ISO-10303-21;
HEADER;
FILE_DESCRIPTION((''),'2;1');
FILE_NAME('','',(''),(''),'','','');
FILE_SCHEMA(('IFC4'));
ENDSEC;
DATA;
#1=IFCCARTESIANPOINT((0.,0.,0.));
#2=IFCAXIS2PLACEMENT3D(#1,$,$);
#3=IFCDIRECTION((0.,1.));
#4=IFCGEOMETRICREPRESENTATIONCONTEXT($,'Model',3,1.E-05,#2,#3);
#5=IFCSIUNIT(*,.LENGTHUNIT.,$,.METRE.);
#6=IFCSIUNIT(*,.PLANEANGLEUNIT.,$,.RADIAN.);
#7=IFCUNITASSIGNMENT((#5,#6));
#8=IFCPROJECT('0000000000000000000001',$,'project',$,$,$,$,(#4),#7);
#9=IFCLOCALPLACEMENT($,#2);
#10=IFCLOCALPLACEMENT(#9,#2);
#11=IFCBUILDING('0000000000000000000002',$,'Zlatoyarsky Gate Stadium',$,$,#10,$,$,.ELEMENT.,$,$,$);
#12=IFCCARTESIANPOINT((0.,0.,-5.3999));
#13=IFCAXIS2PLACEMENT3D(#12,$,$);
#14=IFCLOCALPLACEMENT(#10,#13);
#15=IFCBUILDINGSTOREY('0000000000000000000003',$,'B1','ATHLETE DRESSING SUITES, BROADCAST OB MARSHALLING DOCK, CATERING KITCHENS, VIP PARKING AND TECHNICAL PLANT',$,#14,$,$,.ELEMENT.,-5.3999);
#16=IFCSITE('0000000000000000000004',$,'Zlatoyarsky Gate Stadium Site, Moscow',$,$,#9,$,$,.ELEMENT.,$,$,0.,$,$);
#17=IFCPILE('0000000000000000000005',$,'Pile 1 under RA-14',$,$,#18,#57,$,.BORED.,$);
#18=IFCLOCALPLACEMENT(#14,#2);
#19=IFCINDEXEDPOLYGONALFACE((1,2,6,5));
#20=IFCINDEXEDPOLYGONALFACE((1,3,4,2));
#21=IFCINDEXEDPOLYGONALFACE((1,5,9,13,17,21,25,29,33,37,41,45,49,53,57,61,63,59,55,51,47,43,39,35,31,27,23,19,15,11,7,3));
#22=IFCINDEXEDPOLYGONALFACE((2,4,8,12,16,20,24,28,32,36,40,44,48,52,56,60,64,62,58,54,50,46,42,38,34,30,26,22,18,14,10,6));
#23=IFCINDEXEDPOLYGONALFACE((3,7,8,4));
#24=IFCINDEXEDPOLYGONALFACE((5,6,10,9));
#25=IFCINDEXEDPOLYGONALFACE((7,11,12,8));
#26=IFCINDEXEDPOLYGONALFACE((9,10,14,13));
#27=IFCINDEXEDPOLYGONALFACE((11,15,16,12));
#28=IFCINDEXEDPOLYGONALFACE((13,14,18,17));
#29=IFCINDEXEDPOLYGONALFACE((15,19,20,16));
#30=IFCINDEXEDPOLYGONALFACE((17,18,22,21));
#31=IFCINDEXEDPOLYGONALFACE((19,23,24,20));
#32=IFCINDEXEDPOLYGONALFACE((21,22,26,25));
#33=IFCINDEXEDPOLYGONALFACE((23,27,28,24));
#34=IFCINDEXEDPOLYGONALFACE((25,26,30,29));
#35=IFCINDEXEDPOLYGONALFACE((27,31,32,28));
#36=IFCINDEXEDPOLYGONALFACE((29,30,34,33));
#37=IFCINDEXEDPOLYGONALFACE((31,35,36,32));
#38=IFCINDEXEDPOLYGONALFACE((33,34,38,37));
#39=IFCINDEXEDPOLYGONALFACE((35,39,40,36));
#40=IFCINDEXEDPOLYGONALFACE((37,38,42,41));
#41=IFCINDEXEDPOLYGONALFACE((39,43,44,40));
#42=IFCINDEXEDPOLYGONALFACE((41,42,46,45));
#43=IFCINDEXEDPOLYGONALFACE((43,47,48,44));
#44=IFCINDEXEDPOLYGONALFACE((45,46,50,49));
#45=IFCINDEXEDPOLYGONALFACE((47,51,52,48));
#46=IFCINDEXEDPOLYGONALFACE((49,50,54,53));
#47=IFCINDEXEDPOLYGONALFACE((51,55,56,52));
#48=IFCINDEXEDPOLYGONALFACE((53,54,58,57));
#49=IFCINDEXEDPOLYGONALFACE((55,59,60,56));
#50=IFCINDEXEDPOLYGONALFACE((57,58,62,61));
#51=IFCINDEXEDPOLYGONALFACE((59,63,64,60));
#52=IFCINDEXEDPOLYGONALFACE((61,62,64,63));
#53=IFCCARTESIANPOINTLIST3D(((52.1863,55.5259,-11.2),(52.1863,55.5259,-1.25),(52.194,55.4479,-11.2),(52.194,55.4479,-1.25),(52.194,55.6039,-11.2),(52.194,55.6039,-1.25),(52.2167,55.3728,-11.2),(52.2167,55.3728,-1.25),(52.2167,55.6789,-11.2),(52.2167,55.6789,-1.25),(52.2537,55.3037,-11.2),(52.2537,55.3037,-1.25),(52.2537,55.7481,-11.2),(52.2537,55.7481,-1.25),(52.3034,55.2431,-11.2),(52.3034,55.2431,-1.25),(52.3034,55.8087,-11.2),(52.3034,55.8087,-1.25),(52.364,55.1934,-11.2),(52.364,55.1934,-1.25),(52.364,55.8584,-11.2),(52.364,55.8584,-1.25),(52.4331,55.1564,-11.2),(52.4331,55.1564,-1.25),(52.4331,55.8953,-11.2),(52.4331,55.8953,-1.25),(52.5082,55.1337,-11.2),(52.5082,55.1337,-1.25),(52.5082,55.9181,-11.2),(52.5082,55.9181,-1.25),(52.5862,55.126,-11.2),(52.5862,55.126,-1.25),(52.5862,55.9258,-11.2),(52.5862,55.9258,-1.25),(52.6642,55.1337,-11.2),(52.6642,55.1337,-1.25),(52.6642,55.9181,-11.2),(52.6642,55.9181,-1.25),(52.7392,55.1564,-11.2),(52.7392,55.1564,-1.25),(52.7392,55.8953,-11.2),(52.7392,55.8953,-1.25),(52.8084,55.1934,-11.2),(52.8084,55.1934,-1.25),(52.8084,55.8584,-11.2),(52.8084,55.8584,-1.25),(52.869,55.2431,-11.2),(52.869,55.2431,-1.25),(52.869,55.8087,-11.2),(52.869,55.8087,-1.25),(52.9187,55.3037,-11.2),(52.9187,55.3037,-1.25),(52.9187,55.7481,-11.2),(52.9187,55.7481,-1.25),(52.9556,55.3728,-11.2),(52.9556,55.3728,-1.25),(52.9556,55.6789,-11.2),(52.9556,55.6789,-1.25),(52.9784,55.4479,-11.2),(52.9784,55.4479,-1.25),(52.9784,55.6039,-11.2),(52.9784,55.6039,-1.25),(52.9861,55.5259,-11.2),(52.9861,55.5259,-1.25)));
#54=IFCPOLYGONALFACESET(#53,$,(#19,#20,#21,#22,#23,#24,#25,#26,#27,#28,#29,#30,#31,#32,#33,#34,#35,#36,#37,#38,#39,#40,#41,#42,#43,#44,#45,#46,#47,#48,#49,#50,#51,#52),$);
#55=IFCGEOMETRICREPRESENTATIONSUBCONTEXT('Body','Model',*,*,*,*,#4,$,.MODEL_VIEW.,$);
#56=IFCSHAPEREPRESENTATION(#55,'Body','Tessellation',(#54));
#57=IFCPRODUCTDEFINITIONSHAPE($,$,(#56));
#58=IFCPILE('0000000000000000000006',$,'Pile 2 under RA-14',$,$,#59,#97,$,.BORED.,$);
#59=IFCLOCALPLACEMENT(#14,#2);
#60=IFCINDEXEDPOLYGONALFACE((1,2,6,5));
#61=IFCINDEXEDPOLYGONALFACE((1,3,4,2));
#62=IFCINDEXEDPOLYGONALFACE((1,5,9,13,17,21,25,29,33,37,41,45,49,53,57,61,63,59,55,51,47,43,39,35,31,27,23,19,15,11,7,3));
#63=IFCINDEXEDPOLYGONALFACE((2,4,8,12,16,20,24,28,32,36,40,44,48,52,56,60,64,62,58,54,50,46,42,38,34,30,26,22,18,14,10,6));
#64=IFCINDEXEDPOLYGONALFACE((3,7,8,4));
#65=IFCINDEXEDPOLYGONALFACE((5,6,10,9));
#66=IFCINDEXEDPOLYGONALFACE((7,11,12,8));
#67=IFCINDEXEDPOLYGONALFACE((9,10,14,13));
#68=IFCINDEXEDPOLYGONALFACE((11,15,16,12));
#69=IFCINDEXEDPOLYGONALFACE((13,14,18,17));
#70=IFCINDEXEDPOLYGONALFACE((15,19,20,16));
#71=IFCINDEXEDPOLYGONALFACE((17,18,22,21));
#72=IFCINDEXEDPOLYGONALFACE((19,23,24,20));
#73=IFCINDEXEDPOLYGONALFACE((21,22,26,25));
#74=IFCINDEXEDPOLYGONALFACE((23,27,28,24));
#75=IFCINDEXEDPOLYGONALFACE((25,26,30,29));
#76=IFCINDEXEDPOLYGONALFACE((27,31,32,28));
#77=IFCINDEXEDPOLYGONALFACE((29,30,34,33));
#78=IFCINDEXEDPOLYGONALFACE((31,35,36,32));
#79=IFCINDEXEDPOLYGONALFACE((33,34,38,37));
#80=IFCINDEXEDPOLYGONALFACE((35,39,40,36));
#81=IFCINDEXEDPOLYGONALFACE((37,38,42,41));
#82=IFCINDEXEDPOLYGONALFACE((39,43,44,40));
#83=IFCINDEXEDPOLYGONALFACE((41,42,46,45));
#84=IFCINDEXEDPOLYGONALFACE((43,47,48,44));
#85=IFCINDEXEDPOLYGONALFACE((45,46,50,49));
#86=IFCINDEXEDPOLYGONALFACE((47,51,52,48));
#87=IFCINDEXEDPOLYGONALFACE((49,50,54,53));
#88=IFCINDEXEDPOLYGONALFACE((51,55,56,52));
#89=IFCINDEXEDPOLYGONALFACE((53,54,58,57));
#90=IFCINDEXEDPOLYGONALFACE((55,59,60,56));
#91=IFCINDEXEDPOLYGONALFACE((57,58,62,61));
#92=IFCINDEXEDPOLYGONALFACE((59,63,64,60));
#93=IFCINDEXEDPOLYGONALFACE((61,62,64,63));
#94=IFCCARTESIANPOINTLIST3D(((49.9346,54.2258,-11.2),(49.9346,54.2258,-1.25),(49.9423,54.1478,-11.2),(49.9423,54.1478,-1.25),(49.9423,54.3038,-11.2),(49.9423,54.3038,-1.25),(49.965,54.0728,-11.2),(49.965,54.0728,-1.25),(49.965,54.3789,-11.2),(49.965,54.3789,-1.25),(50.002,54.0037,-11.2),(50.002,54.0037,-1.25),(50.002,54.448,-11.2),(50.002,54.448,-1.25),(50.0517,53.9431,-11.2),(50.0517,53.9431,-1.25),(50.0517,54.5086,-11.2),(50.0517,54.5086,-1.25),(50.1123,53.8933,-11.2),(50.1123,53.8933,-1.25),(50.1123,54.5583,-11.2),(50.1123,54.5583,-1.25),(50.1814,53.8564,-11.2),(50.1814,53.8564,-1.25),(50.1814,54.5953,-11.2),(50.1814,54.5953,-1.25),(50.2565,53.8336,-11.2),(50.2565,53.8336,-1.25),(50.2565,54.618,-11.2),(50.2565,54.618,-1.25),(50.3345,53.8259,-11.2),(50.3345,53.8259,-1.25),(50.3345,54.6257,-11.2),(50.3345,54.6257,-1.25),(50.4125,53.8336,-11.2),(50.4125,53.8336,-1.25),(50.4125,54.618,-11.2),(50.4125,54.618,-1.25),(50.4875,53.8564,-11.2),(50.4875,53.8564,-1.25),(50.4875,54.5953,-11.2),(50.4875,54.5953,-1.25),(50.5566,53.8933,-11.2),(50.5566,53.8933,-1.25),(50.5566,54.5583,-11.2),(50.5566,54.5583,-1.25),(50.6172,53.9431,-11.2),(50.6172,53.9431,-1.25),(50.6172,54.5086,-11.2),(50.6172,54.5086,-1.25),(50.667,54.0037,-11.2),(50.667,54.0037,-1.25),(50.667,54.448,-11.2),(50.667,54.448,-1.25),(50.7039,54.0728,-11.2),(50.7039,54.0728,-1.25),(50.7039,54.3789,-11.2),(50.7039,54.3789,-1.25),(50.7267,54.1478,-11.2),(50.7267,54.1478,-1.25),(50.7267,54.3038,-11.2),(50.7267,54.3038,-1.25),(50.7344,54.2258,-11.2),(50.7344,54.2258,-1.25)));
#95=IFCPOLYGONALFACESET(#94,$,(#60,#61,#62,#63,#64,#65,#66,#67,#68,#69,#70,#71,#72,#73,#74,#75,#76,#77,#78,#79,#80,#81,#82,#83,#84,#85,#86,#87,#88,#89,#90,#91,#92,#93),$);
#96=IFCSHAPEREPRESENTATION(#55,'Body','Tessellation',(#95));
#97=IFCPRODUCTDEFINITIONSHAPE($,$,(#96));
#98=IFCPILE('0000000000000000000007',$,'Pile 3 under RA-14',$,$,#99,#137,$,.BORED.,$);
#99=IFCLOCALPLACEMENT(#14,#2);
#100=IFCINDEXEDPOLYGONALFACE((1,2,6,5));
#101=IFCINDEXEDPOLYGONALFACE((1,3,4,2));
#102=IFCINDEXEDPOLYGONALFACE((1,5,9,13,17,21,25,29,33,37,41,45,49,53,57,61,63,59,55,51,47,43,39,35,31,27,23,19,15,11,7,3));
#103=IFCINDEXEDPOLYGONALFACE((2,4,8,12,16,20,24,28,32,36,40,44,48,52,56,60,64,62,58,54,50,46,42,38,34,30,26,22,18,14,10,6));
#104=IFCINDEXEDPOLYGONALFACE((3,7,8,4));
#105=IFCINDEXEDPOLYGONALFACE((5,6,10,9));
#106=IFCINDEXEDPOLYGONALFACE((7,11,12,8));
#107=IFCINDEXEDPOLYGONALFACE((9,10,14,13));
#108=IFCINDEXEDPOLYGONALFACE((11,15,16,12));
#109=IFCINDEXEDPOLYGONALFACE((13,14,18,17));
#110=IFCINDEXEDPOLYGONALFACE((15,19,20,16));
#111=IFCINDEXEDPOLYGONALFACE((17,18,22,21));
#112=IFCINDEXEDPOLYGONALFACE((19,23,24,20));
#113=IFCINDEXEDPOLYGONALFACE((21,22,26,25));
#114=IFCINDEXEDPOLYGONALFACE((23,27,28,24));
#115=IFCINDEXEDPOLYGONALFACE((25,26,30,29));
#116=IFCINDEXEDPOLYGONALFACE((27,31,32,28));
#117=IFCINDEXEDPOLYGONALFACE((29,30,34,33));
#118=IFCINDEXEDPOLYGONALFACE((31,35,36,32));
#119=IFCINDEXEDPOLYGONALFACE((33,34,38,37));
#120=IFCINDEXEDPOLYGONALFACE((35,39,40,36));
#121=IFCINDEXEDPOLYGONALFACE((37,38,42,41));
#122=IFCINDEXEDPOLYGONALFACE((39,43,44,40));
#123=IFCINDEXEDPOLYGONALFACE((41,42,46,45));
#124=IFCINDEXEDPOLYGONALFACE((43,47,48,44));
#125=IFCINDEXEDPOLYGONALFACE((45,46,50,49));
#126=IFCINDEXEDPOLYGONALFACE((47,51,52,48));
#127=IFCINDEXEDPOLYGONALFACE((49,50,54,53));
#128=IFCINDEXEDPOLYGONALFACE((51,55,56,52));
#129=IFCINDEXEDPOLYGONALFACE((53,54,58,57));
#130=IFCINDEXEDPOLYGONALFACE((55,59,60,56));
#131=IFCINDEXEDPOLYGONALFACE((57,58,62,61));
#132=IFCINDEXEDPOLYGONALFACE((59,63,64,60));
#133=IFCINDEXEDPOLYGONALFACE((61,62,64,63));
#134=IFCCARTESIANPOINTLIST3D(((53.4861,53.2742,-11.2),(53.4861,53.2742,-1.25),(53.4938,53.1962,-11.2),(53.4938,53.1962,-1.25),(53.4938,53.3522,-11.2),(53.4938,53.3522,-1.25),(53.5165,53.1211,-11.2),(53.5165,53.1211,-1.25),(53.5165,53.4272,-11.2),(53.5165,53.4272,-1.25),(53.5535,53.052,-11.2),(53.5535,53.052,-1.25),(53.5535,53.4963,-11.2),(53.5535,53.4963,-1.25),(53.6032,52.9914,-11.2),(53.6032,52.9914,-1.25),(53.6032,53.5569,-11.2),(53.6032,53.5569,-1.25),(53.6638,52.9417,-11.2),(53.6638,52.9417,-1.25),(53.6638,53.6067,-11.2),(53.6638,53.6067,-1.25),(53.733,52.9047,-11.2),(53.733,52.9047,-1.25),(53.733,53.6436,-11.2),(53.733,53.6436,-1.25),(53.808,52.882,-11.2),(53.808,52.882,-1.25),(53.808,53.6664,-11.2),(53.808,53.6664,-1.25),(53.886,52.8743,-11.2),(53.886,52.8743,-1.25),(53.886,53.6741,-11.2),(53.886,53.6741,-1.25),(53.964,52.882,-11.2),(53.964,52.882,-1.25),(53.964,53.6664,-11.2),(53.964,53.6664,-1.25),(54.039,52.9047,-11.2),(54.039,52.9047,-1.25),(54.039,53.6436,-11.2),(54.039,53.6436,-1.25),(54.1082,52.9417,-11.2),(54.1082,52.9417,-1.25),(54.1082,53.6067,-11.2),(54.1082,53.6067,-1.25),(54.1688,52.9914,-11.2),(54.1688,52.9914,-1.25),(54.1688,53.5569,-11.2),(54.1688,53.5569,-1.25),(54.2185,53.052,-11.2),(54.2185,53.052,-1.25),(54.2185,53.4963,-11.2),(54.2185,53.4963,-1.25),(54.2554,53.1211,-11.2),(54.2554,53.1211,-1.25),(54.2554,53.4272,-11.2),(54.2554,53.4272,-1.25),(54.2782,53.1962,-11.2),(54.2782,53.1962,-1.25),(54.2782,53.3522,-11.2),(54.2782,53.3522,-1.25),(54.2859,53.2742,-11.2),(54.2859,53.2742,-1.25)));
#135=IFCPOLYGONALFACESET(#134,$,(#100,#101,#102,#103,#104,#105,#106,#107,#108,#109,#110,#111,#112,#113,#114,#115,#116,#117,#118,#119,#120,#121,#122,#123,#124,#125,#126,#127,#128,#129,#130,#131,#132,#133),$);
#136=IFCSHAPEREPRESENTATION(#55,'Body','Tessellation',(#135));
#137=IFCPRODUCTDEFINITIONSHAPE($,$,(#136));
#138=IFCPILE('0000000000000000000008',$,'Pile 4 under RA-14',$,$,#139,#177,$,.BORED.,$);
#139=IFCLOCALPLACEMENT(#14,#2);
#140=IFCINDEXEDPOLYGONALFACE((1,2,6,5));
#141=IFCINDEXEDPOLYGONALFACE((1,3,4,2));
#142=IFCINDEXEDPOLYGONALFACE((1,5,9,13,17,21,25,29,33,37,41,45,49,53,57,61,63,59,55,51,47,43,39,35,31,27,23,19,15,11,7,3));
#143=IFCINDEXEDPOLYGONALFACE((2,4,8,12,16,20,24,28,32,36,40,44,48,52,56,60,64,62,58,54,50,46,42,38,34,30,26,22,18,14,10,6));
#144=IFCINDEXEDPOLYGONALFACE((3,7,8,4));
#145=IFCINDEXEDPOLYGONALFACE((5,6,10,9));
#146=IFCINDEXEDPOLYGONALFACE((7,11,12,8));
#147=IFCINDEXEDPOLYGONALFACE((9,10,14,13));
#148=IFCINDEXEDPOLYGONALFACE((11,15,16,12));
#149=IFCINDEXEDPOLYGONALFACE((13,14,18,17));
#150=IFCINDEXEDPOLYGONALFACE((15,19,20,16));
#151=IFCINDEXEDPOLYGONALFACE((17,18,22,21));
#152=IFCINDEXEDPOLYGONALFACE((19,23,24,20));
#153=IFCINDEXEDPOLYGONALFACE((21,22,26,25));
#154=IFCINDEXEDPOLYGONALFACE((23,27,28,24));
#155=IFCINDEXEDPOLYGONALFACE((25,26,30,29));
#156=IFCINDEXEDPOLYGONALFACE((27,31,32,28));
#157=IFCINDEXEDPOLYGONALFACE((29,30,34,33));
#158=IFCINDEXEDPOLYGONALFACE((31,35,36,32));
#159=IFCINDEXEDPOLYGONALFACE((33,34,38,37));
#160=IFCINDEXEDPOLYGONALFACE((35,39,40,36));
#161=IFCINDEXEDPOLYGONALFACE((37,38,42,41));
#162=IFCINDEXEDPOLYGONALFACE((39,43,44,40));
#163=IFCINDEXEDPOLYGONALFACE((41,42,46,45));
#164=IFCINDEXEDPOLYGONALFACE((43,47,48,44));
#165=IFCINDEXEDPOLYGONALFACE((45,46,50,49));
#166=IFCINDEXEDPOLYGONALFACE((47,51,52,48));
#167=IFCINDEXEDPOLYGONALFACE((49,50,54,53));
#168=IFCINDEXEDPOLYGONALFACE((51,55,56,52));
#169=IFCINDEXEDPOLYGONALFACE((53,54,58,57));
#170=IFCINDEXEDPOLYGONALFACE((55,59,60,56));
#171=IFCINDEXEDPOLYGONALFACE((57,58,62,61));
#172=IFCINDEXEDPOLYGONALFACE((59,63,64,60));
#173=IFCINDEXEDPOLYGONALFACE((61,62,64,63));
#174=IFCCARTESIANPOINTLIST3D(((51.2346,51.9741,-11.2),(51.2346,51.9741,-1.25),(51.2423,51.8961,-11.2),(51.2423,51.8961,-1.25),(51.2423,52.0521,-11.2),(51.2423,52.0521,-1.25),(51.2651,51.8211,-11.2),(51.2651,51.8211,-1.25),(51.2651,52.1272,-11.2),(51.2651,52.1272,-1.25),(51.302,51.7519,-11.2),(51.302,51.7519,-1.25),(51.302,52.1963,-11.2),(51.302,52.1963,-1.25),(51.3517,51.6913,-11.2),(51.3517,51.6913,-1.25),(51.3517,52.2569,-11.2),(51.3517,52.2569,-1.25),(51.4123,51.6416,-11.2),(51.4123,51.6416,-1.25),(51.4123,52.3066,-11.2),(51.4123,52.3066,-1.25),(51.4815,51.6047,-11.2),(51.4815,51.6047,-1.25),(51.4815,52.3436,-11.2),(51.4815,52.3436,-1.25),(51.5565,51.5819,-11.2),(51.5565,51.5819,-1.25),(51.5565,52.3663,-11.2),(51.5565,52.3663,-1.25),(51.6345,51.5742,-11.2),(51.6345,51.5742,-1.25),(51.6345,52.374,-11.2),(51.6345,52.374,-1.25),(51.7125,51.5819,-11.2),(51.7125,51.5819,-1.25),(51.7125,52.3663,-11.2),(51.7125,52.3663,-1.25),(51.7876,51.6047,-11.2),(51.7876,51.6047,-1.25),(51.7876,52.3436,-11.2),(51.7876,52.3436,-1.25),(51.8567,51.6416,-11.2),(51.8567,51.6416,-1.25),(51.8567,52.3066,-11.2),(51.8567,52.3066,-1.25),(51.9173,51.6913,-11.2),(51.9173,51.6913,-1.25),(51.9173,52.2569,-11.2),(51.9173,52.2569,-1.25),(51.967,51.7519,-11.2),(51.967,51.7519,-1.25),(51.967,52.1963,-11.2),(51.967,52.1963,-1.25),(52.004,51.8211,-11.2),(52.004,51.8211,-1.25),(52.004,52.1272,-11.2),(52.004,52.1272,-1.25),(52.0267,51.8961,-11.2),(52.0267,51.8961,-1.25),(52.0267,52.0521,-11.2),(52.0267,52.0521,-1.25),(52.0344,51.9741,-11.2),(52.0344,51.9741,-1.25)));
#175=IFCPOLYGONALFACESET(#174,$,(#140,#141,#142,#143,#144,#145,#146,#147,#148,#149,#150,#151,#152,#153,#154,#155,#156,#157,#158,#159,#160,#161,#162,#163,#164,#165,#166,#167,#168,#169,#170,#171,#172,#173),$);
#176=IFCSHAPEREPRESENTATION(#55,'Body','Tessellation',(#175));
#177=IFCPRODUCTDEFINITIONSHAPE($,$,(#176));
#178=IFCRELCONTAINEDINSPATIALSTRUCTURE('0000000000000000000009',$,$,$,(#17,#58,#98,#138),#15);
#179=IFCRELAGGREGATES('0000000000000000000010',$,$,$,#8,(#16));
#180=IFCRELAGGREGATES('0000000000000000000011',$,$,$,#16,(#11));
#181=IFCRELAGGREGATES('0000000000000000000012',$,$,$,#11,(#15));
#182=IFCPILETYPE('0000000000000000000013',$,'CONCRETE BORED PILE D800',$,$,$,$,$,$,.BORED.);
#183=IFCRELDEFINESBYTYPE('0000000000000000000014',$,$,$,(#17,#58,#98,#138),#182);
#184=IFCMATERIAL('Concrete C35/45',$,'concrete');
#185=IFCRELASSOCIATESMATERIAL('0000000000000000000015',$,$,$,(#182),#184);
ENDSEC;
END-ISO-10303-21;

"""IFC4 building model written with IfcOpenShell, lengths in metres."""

from ifc_helpers import new_model, si_unit, direction, frame, origin, origin_2d, place, context, subcontext, project, spatial, circle, extrude, material, material_profile, profile_set, type_object, element, save


model = new_model("IFC4")

# Units and contexts
model_context = context("Model", 3, precision=1e-05, world=origin(), true_north=direction((0.0, 1.0)))
body_context = subcontext(model_context, "Body", "Model", "MODEL_VIEW")
ifc_project = project(units=[si_unit("LENGTHUNIT", "METRE"), si_unit("PLANEANGLEUNIT", "RADIAN")], contexts=[model_context])

# Site, building, storey
site_placement = place(None, origin())
site = spatial("IfcSite", under=ifc_project, at=site_placement, Name="Zlatoyarsky Gate Stadium Site, Moscow", CompositionType="ELEMENT", RefElevation=0.0)
building_placement = place(site_placement, origin())
building = spatial("IfcBuilding", under=site, at=building_placement, Name="Zlatoyarsky Gate Stadium", CompositionType="ELEMENT")
storey_placement = place(building_placement, frame((0.0, 0.0, -5.3999)))
storey = spatial("IfcBuildingStorey", under=building, at=storey_placement, Name="B1", Description="ATHLETE DRESSING SUITES, BROADCAST OB MARSHALLING DOCK, CATERING KITCHENS, VIP PARKING AND TECHNICAL PLANT", CompositionType="ELEMENT", Elevation=-5.3999)

# Piles
ifc_material_1 = material(Name="Concrete C35/45", Category="concrete")
ifc_material_profile_1 = material_profile(ifc_material_1, circle(Radius=0.3999, at=origin_2d()), Name="BORED PILE D800")
ifc_profile_set_1 = profile_set([ifc_material_profile_1], Name="Concrete C35/45")
pile_type_1 = type_object("IfcPileType", Name="CONCRETE BORED PILE D800", PredefinedType="BORED", material=ifc_profile_set_1)
for number, where, z_axis, x_axis, name in (
    (1, (52.5862, 55.5259, -1.25), (0.0, 0.0, -1.0), (1.0, 0.0, 0.0), "Pile 1 under RA-14"),
    (2, (50.3345, 54.2258, -1.25), (0.0, 0.0, -1.0), (1.0, 0.0, 0.0), "Pile 2 under RA-14"),
    (3, (53.886, 53.2742, -1.25), (0.0, 0.0, -1.0), (1.0, 0.0, 0.0), "Pile 3 under RA-14"),
    (4, (51.6345, 51.9741, -1.25), (0.0, 0.0, -1.0), (1.0, 0.0, 0.0), "Pile 4 under RA-14"),
):
    element("IfcPile", number, at=place(storey_placement, frame(where, z_axis=z_axis, x_axis=x_axis)), inside=storey, type_object=pile_type_1, Name=name, PredefinedType="BORED", context=body_context, shape_type="SweptSolid", body=[
        extrude(circle(Radius=0.3999, at=origin_2d()), origin(), (0.0, 0.0, 1.0), 9.95),
    ])

save(model, "model.ifc")
